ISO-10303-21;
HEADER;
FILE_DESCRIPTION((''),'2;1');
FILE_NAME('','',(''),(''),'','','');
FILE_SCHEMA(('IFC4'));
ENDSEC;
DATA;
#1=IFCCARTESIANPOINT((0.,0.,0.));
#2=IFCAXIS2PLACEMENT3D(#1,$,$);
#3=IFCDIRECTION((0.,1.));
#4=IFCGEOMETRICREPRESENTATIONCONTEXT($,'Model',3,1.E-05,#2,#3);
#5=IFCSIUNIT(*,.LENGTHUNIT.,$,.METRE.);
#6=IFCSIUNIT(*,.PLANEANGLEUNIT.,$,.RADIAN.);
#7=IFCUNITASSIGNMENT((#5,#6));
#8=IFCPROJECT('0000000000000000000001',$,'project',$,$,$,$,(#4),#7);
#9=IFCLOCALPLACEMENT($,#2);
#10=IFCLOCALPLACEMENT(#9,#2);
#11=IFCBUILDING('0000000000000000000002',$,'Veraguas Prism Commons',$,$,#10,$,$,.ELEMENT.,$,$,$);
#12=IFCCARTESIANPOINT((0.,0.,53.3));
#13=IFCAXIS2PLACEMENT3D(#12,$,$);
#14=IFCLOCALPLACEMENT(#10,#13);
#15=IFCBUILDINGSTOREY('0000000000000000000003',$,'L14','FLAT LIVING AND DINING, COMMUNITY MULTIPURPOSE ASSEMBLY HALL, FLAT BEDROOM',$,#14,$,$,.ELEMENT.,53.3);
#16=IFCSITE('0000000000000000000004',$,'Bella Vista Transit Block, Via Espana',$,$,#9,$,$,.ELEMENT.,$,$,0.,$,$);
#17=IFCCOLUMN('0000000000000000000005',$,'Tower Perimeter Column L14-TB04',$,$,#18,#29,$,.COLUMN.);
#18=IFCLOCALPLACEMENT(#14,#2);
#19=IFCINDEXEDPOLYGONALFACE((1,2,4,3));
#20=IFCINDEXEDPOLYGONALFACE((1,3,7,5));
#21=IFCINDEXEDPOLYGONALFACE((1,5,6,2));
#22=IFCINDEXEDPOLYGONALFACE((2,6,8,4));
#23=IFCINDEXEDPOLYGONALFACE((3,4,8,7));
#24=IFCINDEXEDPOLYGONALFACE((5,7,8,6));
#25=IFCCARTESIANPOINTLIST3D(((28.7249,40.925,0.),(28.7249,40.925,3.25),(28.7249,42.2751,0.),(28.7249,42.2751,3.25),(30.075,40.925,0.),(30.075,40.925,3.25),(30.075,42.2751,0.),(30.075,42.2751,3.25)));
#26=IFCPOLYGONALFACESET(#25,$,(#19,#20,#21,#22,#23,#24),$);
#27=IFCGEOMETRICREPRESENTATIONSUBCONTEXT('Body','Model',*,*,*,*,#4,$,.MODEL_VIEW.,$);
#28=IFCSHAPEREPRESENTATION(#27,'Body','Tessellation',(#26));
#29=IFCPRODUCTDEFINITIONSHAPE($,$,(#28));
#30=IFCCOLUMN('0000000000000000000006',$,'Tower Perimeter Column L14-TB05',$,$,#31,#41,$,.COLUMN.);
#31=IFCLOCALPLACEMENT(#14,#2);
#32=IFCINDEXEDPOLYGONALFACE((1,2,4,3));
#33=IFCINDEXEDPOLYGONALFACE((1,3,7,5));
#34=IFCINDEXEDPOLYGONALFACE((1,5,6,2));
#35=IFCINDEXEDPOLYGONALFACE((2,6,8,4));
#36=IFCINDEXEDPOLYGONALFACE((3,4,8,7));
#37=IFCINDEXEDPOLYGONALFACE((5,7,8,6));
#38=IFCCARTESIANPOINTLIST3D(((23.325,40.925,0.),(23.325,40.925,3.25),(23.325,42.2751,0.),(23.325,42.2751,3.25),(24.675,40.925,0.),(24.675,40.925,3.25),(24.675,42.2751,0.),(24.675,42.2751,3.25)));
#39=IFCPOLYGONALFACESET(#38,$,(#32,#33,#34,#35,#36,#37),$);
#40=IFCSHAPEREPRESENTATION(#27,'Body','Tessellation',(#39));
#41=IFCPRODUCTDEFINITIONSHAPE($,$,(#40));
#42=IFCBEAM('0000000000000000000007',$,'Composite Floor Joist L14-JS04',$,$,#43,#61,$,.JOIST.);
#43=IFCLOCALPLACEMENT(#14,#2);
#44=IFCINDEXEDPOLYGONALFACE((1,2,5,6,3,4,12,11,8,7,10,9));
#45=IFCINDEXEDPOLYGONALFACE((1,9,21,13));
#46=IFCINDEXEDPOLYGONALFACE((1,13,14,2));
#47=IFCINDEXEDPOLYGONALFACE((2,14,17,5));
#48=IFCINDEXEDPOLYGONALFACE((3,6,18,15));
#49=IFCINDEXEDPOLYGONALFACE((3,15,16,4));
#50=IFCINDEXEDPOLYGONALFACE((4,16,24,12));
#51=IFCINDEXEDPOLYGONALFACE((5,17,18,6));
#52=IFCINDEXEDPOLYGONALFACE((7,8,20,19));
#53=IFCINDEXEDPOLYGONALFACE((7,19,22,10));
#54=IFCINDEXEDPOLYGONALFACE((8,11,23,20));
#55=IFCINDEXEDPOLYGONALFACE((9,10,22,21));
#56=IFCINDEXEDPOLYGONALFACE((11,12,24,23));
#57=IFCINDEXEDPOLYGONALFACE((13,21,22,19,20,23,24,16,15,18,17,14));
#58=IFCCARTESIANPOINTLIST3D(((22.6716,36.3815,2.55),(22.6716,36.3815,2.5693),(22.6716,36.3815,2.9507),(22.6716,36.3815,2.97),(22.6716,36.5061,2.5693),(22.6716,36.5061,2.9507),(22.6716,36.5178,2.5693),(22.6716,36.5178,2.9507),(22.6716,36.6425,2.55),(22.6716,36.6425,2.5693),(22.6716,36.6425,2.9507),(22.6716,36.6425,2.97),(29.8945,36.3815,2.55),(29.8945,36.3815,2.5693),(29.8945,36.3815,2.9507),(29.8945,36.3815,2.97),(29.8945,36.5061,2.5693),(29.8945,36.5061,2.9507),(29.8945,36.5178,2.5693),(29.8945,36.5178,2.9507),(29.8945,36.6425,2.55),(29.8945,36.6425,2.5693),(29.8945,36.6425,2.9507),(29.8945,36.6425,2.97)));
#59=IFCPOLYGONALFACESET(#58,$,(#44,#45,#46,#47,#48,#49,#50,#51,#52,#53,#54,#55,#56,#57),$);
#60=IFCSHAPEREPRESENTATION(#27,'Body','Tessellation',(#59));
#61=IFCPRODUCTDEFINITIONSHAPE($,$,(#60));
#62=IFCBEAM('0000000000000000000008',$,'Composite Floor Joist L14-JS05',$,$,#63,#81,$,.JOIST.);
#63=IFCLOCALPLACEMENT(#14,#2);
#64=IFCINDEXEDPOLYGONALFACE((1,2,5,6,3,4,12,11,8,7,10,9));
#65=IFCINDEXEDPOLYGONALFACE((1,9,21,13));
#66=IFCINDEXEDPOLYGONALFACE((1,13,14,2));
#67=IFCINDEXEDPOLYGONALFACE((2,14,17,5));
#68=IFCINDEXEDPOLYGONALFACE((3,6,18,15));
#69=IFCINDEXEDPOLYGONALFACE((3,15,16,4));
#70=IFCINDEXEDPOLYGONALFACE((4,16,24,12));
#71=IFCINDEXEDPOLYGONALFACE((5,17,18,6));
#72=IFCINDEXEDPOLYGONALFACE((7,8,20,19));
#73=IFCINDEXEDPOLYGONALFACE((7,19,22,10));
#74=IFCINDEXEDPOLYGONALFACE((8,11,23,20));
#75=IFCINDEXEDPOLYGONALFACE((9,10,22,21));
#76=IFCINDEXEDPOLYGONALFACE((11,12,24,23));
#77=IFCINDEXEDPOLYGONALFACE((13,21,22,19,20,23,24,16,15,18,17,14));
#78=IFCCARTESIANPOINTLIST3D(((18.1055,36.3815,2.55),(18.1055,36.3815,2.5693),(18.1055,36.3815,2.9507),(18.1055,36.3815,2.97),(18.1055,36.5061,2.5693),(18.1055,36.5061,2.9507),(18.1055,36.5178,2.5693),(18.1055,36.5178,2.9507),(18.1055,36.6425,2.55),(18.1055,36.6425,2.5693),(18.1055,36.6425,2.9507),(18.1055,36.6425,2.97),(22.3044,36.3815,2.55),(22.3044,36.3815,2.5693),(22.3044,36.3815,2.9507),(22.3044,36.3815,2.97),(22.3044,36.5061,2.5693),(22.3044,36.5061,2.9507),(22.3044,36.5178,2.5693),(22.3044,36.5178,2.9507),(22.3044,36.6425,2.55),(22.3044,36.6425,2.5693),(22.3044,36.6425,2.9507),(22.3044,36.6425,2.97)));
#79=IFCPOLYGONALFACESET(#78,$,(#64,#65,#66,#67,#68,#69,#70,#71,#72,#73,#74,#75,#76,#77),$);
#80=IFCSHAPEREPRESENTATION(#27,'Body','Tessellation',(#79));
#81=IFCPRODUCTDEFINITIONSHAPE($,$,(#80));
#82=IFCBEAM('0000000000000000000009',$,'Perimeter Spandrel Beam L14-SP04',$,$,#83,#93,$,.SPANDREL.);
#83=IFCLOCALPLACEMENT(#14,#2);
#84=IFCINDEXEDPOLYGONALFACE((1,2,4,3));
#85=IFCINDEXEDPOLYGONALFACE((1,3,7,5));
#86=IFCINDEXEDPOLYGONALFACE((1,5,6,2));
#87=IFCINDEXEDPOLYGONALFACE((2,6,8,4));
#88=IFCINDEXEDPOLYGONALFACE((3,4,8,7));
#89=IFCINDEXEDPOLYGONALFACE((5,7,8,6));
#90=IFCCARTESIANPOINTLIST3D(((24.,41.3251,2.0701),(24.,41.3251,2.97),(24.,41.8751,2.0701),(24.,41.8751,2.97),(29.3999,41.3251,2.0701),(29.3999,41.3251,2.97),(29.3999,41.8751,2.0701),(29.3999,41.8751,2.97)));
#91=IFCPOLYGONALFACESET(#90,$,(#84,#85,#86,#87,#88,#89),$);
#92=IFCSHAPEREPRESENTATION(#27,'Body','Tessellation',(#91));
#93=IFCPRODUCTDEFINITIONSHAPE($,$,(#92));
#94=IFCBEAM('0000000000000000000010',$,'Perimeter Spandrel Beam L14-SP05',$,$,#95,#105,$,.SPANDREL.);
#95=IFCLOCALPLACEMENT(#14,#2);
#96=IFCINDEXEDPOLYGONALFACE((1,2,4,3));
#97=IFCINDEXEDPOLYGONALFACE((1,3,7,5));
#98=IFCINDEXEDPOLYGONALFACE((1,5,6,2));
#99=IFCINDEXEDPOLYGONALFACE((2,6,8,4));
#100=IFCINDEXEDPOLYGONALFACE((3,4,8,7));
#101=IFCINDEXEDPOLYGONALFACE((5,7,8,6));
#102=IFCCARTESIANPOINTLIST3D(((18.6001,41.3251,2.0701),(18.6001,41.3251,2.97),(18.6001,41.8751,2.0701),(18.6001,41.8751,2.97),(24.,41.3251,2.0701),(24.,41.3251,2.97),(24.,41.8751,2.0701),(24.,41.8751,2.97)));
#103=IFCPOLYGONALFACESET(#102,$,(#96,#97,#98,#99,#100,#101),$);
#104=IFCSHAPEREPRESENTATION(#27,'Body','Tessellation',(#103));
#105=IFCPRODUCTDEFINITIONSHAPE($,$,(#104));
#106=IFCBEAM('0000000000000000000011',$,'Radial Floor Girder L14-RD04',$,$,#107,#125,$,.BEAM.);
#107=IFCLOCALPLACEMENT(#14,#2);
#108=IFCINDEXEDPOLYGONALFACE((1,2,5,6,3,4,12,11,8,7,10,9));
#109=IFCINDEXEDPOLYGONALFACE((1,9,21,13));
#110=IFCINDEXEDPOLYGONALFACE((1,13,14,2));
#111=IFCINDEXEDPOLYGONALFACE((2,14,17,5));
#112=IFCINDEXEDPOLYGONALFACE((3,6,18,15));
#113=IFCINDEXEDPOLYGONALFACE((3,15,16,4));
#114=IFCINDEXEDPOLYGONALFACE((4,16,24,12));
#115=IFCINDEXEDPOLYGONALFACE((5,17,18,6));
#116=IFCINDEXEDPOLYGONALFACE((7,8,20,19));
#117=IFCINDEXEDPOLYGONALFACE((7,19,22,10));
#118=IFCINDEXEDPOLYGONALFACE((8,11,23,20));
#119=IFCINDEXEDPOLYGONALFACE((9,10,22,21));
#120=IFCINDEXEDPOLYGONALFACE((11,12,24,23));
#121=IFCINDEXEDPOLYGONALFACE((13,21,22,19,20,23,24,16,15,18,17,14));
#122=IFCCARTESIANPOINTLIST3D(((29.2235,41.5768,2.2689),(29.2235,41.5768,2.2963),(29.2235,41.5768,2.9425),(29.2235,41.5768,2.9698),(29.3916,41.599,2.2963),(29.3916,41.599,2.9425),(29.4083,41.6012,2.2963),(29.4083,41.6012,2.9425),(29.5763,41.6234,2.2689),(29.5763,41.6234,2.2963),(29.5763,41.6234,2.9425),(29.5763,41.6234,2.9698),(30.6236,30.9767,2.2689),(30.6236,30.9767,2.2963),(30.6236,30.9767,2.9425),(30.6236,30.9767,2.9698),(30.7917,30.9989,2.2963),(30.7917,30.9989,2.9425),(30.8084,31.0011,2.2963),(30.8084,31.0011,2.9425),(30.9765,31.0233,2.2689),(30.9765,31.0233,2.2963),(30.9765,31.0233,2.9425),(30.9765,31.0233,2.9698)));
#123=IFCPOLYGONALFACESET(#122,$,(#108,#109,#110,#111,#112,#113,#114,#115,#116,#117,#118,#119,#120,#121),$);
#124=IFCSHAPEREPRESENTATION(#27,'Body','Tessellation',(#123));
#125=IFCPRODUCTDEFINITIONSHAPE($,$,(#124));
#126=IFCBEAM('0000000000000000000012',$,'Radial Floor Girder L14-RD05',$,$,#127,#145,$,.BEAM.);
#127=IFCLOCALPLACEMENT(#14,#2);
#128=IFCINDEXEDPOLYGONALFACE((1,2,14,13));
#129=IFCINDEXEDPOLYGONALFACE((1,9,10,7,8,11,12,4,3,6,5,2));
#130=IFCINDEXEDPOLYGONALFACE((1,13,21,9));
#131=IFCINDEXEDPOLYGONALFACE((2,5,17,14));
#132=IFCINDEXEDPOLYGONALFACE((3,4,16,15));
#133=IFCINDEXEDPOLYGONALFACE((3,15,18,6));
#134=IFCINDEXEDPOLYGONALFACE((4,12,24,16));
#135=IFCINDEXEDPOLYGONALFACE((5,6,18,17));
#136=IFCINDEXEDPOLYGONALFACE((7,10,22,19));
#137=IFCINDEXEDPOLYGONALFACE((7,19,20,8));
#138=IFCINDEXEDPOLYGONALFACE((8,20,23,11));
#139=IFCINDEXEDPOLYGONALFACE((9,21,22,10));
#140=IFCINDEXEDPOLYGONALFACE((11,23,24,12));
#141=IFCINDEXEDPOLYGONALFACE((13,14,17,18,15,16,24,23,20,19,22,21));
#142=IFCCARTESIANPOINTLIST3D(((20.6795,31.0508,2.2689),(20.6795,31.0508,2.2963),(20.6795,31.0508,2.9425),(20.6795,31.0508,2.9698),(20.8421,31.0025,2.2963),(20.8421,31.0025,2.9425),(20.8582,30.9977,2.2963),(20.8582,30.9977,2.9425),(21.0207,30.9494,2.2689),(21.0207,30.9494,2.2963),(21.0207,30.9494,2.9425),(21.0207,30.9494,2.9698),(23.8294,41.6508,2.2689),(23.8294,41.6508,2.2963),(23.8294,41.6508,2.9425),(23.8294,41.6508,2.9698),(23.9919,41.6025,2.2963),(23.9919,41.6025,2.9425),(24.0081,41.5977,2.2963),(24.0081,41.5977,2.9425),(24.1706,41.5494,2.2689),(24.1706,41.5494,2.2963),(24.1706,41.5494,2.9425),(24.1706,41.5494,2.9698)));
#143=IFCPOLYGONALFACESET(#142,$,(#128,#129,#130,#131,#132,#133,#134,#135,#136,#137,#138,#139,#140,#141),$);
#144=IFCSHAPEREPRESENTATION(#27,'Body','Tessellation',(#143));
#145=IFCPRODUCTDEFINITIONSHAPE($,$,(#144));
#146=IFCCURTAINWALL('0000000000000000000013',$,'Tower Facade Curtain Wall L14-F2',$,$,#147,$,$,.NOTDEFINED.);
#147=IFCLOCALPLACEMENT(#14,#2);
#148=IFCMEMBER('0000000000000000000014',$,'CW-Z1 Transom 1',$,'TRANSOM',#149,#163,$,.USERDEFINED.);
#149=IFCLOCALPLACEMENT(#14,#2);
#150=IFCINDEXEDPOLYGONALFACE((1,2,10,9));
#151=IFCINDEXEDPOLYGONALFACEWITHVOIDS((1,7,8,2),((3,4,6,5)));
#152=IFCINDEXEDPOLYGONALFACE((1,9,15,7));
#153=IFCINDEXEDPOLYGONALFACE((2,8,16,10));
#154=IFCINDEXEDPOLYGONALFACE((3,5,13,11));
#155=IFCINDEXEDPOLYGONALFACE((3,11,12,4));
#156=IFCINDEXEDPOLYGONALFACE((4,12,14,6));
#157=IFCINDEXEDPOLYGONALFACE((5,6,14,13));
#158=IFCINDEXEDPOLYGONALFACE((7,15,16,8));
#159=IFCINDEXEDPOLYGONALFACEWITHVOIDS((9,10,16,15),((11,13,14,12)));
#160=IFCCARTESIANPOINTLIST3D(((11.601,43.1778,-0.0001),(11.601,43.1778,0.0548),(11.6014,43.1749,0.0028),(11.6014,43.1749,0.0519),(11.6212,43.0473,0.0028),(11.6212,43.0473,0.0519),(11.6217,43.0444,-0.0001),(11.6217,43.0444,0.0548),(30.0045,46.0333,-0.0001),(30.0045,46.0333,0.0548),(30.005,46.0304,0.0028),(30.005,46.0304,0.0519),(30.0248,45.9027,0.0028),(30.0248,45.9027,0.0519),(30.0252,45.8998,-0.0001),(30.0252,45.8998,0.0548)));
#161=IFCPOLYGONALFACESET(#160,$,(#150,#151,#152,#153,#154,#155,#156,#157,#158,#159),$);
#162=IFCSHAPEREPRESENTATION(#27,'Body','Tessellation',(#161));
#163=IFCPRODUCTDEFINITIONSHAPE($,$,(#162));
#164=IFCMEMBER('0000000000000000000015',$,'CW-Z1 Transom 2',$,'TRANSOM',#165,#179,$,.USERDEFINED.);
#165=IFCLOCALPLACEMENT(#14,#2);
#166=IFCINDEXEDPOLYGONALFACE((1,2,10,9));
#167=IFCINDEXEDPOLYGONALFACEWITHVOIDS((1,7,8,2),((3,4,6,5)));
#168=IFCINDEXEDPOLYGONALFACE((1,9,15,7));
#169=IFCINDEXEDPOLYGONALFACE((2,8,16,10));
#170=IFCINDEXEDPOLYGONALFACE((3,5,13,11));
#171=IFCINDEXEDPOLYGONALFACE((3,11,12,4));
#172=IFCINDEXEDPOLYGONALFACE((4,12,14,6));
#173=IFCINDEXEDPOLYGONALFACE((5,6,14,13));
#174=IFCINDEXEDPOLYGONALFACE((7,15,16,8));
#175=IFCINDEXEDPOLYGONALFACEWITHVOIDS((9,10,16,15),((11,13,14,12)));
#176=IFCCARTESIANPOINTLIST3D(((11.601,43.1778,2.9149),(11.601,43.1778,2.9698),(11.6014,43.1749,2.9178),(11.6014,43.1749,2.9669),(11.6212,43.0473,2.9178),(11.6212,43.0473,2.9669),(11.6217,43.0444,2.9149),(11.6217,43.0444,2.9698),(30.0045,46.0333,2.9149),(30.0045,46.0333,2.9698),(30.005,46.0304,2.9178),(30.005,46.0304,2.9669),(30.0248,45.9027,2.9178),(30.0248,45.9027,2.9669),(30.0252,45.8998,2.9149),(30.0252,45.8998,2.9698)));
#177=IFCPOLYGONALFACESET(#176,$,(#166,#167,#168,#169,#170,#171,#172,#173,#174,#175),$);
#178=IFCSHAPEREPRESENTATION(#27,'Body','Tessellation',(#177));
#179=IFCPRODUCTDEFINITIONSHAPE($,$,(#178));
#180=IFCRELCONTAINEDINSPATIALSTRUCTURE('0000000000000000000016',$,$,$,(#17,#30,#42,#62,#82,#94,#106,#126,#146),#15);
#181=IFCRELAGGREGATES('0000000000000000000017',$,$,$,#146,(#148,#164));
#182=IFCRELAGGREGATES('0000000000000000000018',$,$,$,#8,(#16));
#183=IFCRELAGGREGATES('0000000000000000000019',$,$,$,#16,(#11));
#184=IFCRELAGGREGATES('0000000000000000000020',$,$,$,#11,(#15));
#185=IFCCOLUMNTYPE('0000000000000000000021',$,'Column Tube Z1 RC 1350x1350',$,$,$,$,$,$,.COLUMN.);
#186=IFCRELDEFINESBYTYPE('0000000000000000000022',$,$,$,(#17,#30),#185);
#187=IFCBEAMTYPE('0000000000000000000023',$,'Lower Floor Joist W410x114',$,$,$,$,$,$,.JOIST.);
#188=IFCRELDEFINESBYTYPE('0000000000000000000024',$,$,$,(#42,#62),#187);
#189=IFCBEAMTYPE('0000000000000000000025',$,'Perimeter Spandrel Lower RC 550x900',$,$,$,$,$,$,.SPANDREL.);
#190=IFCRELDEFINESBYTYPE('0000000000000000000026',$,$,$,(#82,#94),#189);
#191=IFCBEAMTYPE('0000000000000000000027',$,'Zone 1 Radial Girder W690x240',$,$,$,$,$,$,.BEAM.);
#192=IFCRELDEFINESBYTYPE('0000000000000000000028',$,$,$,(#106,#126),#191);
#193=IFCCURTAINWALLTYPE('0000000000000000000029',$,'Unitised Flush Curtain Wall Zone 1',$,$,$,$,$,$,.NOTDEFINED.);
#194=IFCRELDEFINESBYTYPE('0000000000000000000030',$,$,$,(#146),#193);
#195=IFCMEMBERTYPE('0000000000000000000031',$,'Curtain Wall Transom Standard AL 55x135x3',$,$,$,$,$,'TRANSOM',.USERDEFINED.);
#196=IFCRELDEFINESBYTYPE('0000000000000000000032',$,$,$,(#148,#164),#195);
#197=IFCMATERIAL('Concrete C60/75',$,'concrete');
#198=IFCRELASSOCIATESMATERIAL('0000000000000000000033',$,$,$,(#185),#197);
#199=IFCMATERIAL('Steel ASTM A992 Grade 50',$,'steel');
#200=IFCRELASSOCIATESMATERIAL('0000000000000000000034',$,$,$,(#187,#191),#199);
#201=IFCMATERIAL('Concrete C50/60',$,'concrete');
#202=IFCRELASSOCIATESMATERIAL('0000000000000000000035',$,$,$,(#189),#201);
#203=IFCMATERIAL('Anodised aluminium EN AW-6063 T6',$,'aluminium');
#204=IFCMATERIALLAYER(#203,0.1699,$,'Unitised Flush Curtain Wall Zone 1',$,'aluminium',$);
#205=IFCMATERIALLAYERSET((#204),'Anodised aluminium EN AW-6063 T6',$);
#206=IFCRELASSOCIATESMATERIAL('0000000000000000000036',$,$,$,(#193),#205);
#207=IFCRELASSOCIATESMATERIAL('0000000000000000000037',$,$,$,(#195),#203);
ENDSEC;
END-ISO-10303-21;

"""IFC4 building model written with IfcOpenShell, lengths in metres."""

from ifc_helpers import new_model, si_unit, direction, frame, origin, origin_2d, place, context, subcontext, project, spatial, rectangle, hollow_rectangle, i_section, extrude, source, transform, mapped, material, layer, layer_set, material_profile, profile_set, type_object, element, aggregate, save


model = new_model("IFC4")

# Units and contexts
model_context = context("Model", 3, precision=1e-05, world=origin(), true_north=direction((0.0, 1.0)))
body_context = subcontext(model_context, "Body", "Model", "MODEL_VIEW")
ifc_project = project(units=[si_unit("LENGTHUNIT", "METRE"), si_unit("PLANEANGLEUNIT", "RADIAN")], contexts=[model_context])

# Site, building, storey
site_placement = place(None, origin())
site = spatial("IfcSite", under=ifc_project, at=site_placement, Name="Bella Vista Transit Block, Via Espana", CompositionType="ELEMENT", RefElevation=0.0)
building_placement = place(site_placement, origin())
building = spatial("IfcBuilding", under=site, at=building_placement, Name="Veraguas Prism Commons", CompositionType="ELEMENT")
storey_placement = place(building_placement, frame((0.0, 0.0, 53.3)))
storey = spatial("IfcBuildingStorey", under=building, at=storey_placement, Name="L14", Description="FLAT LIVING AND DINING, COMMUNITY MULTIPURPOSE ASSEMBLY HALL, FLAT BEDROOM", CompositionType="ELEMENT", Elevation=53.3)

# Columns
ifc_material_1 = material(Name="Concrete C60/75", Category="concrete")
ifc_material_profile_1 = material_profile(ifc_material_1, rectangle(XDim=1.3501, YDim=1.3501, at=origin_2d()), Name="RC1350X1350")
ifc_profile_set_1 = profile_set([ifc_material_profile_1], Name="Concrete C60/75")
column_type = type_object("IfcColumnType", Name="Column Tube Z1 RC 1350x1350", PredefinedType="COLUMN", material=ifc_profile_set_1)
for number, where, z_axis, x_axis, name in (
    (1, (29.3999, 41.6001, 0.0), (0.0, 0.0, 1.0), (1.0, 0.0, 0.0), "Tower Perimeter Column L14-TB04"),
    (2, (24.0, 41.6001, 0.0), (0.0, 0.0, 1.0), (1.0, 0.0, 0.0), "Tower Perimeter Column L14-TB05"),
):
    element("IfcColumn", number, at=place(storey_placement, frame(where, z_axis=z_axis, x_axis=x_axis)), inside=storey, type_object=column_type, Name=name, PredefinedType="COLUMN", context=body_context, shape_type="SweptSolid", body=[
        extrude(rectangle(XDim=1.3501, YDim=1.3501, at=origin_2d()), origin(), (0.0, 0.0, 1.0), 3.25),
    ])

# Beams
ifc_material_2 = material(Name="Steel ASTM A992 Grade 50", Category="steel")
ifc_material_profile_2 = material_profile(ifc_material_2, i_section(OverallWidth=0.261, OverallDepth=0.4199, WebThickness=0.0117, FlangeThickness=0.0193, at=origin_2d()), Name="W410X114")
ifc_profile_set_2 = profile_set([ifc_material_profile_2], Name="Steel ASTM A992 Grade 50")
beam_type_1 = type_object("IfcBeamType", Name="Lower Floor Joist W410x114", PredefinedType="JOIST", material=ifc_profile_set_2)
beam_1_placement = place(storey_placement, frame((29.8945, 36.512, 2.76), z_axis=(-1.0, 0.0, 0.0), x_axis=(0.0, -1.0, 0.0)))
element("IfcBeam", 3, at=beam_1_placement, inside=storey, type_object=beam_type_1, Name="Composite Floor Joist L14-JS04", PredefinedType="JOIST", context=body_context, shape_type="SweptSolid", body=[
    extrude(i_section(OverallWidth=0.261, OverallDepth=0.4199, WebThickness=0.0117, FlangeThickness=0.0193, at=origin_2d()), origin(), (0.0, 0.0, 1.0), 7.2229),
])
beam_2_placement = place(storey_placement, frame((22.3044, 36.512, 2.76), z_axis=(-1.0, 0.0, 0.0), x_axis=(0.0, -1.0, 0.0)))
element("IfcBeam", 4, at=beam_2_placement, inside=storey, type_object=beam_type_1, Name="Composite Floor Joist L14-JS05", PredefinedType="JOIST", context=body_context, shape_type="SweptSolid", body=[
    extrude(i_section(OverallWidth=0.261, OverallDepth=0.4199, WebThickness=0.0117, FlangeThickness=0.0193, at=origin_2d()), origin(), (0.0, 0.0, 1.0), 4.199),
])
ifc_material_3 = material(Name="Concrete C50/60", Category="concrete")
ifc_material_profile_3 = material_profile(ifc_material_3, rectangle(XDim=0.55, YDim=0.8999, at=origin_2d()), Name="RC550X900")
ifc_profile_set_3 = profile_set([ifc_material_profile_3], Name="Concrete C50/60")
beam_type_2 = type_object("IfcBeamType", Name="Perimeter Spandrel Lower RC 550x900", PredefinedType="SPANDREL", material=ifc_profile_set_3)
for number, where, z_axis, x_axis, name in (
    (5, (29.3999, 41.6001, 2.52), (-1.0, 0.0, 0.0), (0.0, -1.0, 0.0), "Perimeter Spandrel Beam L14-SP04"),
    (6, (24.0, 41.6001, 2.52), (-1.0, 0.0, 0.0), (0.0, -1.0, 0.0), "Perimeter Spandrel Beam L14-SP05"),
):
    element("IfcBeam", number, at=place(storey_placement, frame(where, z_axis=z_axis, x_axis=x_axis)), inside=storey, type_object=beam_type_2, Name=name, PredefinedType="SPANDREL", context=body_context, shape_type="SweptSolid", body=[
        extrude(rectangle(XDim=0.55, YDim=0.8999, at=origin_2d()), origin(), (0.0, 0.0, 1.0), 5.3999),
    ])
ifc_material_profile_4 = material_profile(ifc_material_2, i_section(OverallWidth=0.356, OverallDepth=0.7009, WebThickness=0.0168, FlangeThickness=0.0273, at=origin_2d()), Name="W690X240")
ifc_profile_set_4 = profile_set([ifc_material_profile_4], Name="Steel ASTM A992 Grade 50")
beam_type_3 = type_object("IfcBeamType", Name="Zone 1 Radial Girder W690x240", PredefinedType="BEAM", material=ifc_profile_set_4)
beam_3_placement = place(storey_placement, frame((29.3999, 41.6001, 2.6194), z_axis=(0.130951, -0.991389, 0.0), x_axis=(0.991389, 0.130951, 0.0)))
element("IfcBeam", 7, at=beam_3_placement, inside=storey, type_object=beam_type_3, Name="Radial Floor Girder L14-RD04", PredefinedType="BEAM", context=body_context, shape_type="SweptSolid", body=[
    extrude(i_section(OverallWidth=0.356, OverallDepth=0.7009, WebThickness=0.0168, FlangeThickness=0.0273, at=origin_2d()), origin(), (0.0, 0.0, 1.0), 10.6921),
])
beam_4_placement = place(storey_placement, frame((24.0, 41.6001, 2.6194), z_axis=(-0.284847, -0.958573, 0.0), x_axis=(0.958573, -0.284847, 0.0)))
element("IfcBeam", 8, at=beam_4_placement, inside=storey, type_object=beam_type_3, Name="Radial Floor Girder L14-RD05", PredefinedType="BEAM", context=body_context, shape_type="SweptSolid", body=[
    extrude(i_section(OverallWidth=0.356, OverallDepth=0.7009, WebThickness=0.0168, FlangeThickness=0.0273, at=origin_2d()), origin(), (0.0, 0.0, 1.0), 11.0581),
])

# Curtain wall, members
ifc_material_4 = material(Name="Anodised aluminium EN AW-6063 T6", Category="aluminium")
ifc_layer_1 = layer(ifc_material_4, 0.1699, Name="Unitised Flush Curtain Wall Zone 1", Category="aluminium")
ifc_layer_set_1 = layer_set([ifc_layer_1], Name="Anodised aluminium EN AW-6063 T6")
curtain_wall_type = type_object("IfcCurtainWallType", Name="Unitised Flush Curtain Wall Zone 1", PredefinedType="NOTDEFINED", material=ifc_layer_set_1)
curtain_wall_1_placement = place(storey_placement, origin())
curtain_wall_1 = element("IfcCurtainWall", 9, at=curtain_wall_1_placement, inside=storey, type_object=curtain_wall_type, Name="Tower Facade Curtain Wall L14-F2", PredefinedType="NOTDEFINED")
ifc_material_profile_5 = material_profile(ifc_material_4, hollow_rectangle(XDim=0.0549, YDim=0.135, WallThickness=0.0029, at=origin_2d()), Name="AL55X135X3")
ifc_profile_set_5 = profile_set([ifc_material_profile_5], Name="Anodised aluminium EN AW-6063 T6")
member_type_1 = type_object("IfcMemberType", Name="Curtain Wall Transom Standard AL 55x135x3", ElementType="TRANSOM", PredefinedType="USERDEFINED", material=ifc_profile_set_5)
shared_shape_1 = source(origin(), body_context, "Body", "SweptSolid", [
    extrude(hollow_rectangle(XDim=0.0549, YDim=0.135, WallThickness=0.0029, at=origin_2d()), origin(), (0.0, 0.0, 1.0), 18.6238),
])
member_1_placement = place(storey_placement, frame((30.0149, 45.9666, 0.0273), z_axis=(-0.988176, -0.153324, 0.0), x_axis=(0.0, 0.0, 1.0)))
member_1 = element("IfcMember", 10, at=member_1_placement, type_object=member_type_1, Name="CW-Z1 Transom 1", ObjectType="TRANSOM", PredefinedType="USERDEFINED", context=body_context, shape_type="MappedRepresentation", body=[
    mapped(shared_shape_1, transform((0.0, 0.0, 0.0), scale=1.0)),
])
member_2_placement = place(storey_placement, frame((30.0149, 45.9666, 2.9424), z_axis=(-0.988176, -0.153324, 0.0), x_axis=(0.0, 0.0, 1.0)))
member_2 = element("IfcMember", 11, at=member_2_placement, type_object=member_type_1, Name="CW-Z1 Transom 2", ObjectType="TRANSOM", PredefinedType="USERDEFINED", context=body_context, shape_type="MappedRepresentation", body=[
    mapped(shared_shape_1, transform((0.0, 0.0, 0.0), scale=1.0)),
])

aggregate(curtain_wall_1, [member_1, member_2])

save(model, "model.ifc")
